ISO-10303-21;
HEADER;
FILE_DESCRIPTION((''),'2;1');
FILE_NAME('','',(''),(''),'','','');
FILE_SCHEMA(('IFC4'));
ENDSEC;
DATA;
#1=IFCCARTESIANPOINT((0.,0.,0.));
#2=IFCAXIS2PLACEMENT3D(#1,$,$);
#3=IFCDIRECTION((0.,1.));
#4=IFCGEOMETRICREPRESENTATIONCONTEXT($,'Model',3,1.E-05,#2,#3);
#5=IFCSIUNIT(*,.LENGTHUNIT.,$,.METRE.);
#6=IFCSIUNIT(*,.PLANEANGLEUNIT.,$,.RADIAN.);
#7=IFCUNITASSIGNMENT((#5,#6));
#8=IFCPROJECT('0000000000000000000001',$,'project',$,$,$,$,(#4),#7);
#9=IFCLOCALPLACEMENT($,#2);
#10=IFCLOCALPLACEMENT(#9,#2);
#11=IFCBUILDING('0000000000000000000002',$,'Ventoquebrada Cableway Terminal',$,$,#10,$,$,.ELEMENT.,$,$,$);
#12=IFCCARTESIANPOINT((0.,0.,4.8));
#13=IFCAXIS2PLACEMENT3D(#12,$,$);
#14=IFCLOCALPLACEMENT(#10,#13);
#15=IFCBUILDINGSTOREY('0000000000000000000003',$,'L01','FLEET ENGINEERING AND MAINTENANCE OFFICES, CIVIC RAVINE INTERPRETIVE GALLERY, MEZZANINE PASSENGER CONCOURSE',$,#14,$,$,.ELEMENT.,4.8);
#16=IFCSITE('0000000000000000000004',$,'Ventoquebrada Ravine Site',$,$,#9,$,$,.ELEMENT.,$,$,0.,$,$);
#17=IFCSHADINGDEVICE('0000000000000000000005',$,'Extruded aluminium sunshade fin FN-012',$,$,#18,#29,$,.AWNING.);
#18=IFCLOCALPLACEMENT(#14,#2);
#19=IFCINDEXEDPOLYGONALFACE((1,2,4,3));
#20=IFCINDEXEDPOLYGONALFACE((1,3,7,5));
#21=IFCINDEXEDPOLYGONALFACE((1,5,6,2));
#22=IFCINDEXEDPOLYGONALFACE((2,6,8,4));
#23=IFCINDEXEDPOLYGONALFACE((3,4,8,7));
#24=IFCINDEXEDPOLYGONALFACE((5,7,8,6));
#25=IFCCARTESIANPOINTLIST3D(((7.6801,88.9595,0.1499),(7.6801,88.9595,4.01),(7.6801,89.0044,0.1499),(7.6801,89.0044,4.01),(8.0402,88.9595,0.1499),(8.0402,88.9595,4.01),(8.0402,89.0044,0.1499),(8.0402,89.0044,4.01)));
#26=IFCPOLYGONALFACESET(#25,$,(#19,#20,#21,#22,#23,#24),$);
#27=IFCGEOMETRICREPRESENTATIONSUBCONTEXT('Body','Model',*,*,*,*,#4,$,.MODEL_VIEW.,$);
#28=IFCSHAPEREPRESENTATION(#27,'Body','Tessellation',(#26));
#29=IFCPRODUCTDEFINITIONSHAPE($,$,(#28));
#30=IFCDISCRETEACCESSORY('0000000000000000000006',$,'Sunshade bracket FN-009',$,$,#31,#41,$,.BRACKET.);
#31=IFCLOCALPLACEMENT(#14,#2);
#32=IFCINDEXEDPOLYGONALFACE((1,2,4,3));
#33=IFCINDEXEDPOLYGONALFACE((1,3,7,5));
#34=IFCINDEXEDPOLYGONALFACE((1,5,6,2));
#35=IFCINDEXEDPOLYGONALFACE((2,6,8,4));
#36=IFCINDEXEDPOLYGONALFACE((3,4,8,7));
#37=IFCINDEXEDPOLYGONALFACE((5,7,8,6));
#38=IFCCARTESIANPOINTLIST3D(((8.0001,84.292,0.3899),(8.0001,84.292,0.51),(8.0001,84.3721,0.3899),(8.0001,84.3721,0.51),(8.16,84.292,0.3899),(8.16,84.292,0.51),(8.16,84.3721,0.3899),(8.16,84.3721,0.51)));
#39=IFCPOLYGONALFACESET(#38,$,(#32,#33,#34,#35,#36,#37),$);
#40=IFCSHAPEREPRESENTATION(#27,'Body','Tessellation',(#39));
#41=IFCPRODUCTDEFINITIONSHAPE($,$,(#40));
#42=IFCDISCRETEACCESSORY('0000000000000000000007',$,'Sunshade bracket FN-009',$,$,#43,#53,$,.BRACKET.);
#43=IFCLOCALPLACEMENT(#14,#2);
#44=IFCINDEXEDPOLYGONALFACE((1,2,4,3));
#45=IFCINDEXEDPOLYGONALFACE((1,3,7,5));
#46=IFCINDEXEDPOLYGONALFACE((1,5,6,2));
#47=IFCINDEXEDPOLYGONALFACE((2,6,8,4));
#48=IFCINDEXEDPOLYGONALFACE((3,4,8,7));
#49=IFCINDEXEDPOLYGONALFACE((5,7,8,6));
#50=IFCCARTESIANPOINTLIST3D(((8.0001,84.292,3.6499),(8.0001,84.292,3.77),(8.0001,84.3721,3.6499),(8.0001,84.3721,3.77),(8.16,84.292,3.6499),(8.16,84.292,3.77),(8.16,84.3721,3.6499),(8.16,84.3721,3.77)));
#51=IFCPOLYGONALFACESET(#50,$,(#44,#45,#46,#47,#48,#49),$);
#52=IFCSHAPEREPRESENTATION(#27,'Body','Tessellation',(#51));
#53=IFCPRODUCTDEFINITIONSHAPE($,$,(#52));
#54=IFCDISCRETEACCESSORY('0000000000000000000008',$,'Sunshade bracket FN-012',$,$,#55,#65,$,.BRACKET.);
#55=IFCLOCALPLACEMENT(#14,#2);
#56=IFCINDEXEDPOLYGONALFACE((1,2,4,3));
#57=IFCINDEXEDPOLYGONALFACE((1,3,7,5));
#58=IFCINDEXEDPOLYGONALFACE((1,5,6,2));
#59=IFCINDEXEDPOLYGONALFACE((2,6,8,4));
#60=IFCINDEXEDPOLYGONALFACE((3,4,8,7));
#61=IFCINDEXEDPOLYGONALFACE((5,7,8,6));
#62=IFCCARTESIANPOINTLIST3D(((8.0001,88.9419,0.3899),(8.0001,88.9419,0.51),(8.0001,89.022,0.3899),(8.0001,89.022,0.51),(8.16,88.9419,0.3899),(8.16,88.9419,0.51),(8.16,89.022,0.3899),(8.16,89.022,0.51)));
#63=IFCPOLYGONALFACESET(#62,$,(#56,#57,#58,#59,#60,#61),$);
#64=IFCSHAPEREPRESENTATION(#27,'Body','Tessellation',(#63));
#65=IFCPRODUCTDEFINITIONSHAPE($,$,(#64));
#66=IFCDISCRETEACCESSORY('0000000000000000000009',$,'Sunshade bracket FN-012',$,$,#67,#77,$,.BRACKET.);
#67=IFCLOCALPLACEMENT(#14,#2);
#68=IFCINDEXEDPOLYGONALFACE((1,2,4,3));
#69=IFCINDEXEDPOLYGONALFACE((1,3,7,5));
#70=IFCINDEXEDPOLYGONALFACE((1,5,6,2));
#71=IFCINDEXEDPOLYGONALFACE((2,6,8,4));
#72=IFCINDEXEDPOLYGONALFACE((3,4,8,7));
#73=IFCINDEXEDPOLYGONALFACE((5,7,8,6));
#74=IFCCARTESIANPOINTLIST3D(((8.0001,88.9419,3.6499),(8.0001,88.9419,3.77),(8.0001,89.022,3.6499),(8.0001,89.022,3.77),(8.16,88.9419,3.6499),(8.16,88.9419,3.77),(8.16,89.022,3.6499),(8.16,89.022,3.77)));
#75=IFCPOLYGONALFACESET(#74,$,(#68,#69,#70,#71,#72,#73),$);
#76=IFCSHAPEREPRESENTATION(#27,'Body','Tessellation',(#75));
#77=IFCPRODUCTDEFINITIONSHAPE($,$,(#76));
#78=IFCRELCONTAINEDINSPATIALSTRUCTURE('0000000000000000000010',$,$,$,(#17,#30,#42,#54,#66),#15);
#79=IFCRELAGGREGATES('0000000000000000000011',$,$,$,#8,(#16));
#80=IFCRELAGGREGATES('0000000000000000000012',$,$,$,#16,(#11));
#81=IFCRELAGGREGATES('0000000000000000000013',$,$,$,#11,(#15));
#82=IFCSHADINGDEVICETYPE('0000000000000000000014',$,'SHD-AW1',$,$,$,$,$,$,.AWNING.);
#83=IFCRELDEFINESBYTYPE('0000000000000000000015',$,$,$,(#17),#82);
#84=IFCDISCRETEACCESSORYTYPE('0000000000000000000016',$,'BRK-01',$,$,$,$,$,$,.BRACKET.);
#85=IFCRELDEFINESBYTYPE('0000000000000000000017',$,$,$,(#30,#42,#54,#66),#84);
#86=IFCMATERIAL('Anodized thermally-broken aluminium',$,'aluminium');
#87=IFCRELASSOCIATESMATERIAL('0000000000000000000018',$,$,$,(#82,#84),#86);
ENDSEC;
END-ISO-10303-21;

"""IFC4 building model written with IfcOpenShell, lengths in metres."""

from ifc_helpers import new_model, si_unit, direction, frame, origin, origin_2d, place, context, subcontext, project, spatial, rectangle, extrude, material, type_object, element, save


model = new_model("IFC4")

# Units and contexts
model_context = context("Model", 3, precision=1e-05, world=origin(), true_north=direction((0.0, 1.0)))
body_context = subcontext(model_context, "Body", "Model", "MODEL_VIEW")
ifc_project = project(units=[si_unit("LENGTHUNIT", "METRE"), si_unit("PLANEANGLEUNIT", "RADIAN")], contexts=[model_context])

# Site, building, storey
site_placement = place(None, origin())
site = spatial("IfcSite", under=ifc_project, at=site_placement, Name="Ventoquebrada Ravine Site", CompositionType="ELEMENT", RefElevation=0.0)
building_placement = place(site_placement, origin())
building = spatial("IfcBuilding", under=site, at=building_placement, Name="Ventoquebrada Cableway Terminal", CompositionType="ELEMENT")
storey_placement = place(building_placement, frame((0.0, 0.0, 4.8)))
storey = spatial("IfcBuildingStorey", under=building, at=storey_placement, Name="L01", Description="FLEET ENGINEERING AND MAINTENANCE OFFICES, CIVIC RAVINE INTERPRETIVE GALLERY, MEZZANINE PASSENGER CONCOURSE", CompositionType="ELEMENT", Elevation=4.8)

# Shared definitions
ifc_material_1 = material(Name="Anodized thermally-broken aluminium", Category="aluminium")

# Shading device
shading_device_type = type_object("IfcShadingDeviceType", Name="SHD-AW1", PredefinedType="AWNING", material=ifc_material_1)
for number, where, z_axis, x_axis, name in (
    (1, (7.8601, 88.9819, 0.1499), (0.0, 0.0, 1.0), (0.0, -1.0, 0.0), "Extruded aluminium sunshade fin FN-012"),
):
    element("IfcShadingDevice", number, at=place(storey_placement, frame(where, z_axis=z_axis, x_axis=x_axis)), inside=storey, type_object=shading_device_type, Name=name, PredefinedType="AWNING", context=body_context, shape_type="SweptSolid", body=[
        extrude(rectangle(XDim=0.0449, YDim=0.3601, at=origin_2d()), origin(), (0.0, 0.0, 1.0), 3.8601),
    ])

# Discrete accessories
discrete_accessory_type = type_object("IfcDiscreteAccessoryType", Name="BRK-01", PredefinedType="BRACKET", material=ifc_material_1)
for number, where, z_axis, x_axis, name in (
    (2, (8.0801, 84.332, 0.3899), (0.0, 0.0, 1.0), (0.0, -1.0, 0.0), "Sunshade bracket FN-009"),
    (3, (8.0801, 84.332, 3.6499), (0.0, 0.0, 1.0), (0.0, -1.0, 0.0), "Sunshade bracket FN-009"),
    (4, (8.0801, 88.9819, 0.3899), (0.0, 0.0, 1.0), (0.0, -1.0, 0.0), "Sunshade bracket FN-012"),
    (5, (8.0801, 88.9819, 3.6499), (0.0, 0.0, 1.0), (0.0, -1.0, 0.0), "Sunshade bracket FN-012"),
):
    element("IfcDiscreteAccessory", number, at=place(storey_placement, frame(where, z_axis=z_axis, x_axis=x_axis)), inside=storey, type_object=discrete_accessory_type, Name=name, PredefinedType="BRACKET", context=body_context, shape_type="SweptSolid", body=[
        extrude(rectangle(XDim=0.0801, YDim=0.1599, at=origin_2d()), origin(), (0.0, 0.0, 1.0), 0.1201),
    ])

save(model, "model.ifc")
